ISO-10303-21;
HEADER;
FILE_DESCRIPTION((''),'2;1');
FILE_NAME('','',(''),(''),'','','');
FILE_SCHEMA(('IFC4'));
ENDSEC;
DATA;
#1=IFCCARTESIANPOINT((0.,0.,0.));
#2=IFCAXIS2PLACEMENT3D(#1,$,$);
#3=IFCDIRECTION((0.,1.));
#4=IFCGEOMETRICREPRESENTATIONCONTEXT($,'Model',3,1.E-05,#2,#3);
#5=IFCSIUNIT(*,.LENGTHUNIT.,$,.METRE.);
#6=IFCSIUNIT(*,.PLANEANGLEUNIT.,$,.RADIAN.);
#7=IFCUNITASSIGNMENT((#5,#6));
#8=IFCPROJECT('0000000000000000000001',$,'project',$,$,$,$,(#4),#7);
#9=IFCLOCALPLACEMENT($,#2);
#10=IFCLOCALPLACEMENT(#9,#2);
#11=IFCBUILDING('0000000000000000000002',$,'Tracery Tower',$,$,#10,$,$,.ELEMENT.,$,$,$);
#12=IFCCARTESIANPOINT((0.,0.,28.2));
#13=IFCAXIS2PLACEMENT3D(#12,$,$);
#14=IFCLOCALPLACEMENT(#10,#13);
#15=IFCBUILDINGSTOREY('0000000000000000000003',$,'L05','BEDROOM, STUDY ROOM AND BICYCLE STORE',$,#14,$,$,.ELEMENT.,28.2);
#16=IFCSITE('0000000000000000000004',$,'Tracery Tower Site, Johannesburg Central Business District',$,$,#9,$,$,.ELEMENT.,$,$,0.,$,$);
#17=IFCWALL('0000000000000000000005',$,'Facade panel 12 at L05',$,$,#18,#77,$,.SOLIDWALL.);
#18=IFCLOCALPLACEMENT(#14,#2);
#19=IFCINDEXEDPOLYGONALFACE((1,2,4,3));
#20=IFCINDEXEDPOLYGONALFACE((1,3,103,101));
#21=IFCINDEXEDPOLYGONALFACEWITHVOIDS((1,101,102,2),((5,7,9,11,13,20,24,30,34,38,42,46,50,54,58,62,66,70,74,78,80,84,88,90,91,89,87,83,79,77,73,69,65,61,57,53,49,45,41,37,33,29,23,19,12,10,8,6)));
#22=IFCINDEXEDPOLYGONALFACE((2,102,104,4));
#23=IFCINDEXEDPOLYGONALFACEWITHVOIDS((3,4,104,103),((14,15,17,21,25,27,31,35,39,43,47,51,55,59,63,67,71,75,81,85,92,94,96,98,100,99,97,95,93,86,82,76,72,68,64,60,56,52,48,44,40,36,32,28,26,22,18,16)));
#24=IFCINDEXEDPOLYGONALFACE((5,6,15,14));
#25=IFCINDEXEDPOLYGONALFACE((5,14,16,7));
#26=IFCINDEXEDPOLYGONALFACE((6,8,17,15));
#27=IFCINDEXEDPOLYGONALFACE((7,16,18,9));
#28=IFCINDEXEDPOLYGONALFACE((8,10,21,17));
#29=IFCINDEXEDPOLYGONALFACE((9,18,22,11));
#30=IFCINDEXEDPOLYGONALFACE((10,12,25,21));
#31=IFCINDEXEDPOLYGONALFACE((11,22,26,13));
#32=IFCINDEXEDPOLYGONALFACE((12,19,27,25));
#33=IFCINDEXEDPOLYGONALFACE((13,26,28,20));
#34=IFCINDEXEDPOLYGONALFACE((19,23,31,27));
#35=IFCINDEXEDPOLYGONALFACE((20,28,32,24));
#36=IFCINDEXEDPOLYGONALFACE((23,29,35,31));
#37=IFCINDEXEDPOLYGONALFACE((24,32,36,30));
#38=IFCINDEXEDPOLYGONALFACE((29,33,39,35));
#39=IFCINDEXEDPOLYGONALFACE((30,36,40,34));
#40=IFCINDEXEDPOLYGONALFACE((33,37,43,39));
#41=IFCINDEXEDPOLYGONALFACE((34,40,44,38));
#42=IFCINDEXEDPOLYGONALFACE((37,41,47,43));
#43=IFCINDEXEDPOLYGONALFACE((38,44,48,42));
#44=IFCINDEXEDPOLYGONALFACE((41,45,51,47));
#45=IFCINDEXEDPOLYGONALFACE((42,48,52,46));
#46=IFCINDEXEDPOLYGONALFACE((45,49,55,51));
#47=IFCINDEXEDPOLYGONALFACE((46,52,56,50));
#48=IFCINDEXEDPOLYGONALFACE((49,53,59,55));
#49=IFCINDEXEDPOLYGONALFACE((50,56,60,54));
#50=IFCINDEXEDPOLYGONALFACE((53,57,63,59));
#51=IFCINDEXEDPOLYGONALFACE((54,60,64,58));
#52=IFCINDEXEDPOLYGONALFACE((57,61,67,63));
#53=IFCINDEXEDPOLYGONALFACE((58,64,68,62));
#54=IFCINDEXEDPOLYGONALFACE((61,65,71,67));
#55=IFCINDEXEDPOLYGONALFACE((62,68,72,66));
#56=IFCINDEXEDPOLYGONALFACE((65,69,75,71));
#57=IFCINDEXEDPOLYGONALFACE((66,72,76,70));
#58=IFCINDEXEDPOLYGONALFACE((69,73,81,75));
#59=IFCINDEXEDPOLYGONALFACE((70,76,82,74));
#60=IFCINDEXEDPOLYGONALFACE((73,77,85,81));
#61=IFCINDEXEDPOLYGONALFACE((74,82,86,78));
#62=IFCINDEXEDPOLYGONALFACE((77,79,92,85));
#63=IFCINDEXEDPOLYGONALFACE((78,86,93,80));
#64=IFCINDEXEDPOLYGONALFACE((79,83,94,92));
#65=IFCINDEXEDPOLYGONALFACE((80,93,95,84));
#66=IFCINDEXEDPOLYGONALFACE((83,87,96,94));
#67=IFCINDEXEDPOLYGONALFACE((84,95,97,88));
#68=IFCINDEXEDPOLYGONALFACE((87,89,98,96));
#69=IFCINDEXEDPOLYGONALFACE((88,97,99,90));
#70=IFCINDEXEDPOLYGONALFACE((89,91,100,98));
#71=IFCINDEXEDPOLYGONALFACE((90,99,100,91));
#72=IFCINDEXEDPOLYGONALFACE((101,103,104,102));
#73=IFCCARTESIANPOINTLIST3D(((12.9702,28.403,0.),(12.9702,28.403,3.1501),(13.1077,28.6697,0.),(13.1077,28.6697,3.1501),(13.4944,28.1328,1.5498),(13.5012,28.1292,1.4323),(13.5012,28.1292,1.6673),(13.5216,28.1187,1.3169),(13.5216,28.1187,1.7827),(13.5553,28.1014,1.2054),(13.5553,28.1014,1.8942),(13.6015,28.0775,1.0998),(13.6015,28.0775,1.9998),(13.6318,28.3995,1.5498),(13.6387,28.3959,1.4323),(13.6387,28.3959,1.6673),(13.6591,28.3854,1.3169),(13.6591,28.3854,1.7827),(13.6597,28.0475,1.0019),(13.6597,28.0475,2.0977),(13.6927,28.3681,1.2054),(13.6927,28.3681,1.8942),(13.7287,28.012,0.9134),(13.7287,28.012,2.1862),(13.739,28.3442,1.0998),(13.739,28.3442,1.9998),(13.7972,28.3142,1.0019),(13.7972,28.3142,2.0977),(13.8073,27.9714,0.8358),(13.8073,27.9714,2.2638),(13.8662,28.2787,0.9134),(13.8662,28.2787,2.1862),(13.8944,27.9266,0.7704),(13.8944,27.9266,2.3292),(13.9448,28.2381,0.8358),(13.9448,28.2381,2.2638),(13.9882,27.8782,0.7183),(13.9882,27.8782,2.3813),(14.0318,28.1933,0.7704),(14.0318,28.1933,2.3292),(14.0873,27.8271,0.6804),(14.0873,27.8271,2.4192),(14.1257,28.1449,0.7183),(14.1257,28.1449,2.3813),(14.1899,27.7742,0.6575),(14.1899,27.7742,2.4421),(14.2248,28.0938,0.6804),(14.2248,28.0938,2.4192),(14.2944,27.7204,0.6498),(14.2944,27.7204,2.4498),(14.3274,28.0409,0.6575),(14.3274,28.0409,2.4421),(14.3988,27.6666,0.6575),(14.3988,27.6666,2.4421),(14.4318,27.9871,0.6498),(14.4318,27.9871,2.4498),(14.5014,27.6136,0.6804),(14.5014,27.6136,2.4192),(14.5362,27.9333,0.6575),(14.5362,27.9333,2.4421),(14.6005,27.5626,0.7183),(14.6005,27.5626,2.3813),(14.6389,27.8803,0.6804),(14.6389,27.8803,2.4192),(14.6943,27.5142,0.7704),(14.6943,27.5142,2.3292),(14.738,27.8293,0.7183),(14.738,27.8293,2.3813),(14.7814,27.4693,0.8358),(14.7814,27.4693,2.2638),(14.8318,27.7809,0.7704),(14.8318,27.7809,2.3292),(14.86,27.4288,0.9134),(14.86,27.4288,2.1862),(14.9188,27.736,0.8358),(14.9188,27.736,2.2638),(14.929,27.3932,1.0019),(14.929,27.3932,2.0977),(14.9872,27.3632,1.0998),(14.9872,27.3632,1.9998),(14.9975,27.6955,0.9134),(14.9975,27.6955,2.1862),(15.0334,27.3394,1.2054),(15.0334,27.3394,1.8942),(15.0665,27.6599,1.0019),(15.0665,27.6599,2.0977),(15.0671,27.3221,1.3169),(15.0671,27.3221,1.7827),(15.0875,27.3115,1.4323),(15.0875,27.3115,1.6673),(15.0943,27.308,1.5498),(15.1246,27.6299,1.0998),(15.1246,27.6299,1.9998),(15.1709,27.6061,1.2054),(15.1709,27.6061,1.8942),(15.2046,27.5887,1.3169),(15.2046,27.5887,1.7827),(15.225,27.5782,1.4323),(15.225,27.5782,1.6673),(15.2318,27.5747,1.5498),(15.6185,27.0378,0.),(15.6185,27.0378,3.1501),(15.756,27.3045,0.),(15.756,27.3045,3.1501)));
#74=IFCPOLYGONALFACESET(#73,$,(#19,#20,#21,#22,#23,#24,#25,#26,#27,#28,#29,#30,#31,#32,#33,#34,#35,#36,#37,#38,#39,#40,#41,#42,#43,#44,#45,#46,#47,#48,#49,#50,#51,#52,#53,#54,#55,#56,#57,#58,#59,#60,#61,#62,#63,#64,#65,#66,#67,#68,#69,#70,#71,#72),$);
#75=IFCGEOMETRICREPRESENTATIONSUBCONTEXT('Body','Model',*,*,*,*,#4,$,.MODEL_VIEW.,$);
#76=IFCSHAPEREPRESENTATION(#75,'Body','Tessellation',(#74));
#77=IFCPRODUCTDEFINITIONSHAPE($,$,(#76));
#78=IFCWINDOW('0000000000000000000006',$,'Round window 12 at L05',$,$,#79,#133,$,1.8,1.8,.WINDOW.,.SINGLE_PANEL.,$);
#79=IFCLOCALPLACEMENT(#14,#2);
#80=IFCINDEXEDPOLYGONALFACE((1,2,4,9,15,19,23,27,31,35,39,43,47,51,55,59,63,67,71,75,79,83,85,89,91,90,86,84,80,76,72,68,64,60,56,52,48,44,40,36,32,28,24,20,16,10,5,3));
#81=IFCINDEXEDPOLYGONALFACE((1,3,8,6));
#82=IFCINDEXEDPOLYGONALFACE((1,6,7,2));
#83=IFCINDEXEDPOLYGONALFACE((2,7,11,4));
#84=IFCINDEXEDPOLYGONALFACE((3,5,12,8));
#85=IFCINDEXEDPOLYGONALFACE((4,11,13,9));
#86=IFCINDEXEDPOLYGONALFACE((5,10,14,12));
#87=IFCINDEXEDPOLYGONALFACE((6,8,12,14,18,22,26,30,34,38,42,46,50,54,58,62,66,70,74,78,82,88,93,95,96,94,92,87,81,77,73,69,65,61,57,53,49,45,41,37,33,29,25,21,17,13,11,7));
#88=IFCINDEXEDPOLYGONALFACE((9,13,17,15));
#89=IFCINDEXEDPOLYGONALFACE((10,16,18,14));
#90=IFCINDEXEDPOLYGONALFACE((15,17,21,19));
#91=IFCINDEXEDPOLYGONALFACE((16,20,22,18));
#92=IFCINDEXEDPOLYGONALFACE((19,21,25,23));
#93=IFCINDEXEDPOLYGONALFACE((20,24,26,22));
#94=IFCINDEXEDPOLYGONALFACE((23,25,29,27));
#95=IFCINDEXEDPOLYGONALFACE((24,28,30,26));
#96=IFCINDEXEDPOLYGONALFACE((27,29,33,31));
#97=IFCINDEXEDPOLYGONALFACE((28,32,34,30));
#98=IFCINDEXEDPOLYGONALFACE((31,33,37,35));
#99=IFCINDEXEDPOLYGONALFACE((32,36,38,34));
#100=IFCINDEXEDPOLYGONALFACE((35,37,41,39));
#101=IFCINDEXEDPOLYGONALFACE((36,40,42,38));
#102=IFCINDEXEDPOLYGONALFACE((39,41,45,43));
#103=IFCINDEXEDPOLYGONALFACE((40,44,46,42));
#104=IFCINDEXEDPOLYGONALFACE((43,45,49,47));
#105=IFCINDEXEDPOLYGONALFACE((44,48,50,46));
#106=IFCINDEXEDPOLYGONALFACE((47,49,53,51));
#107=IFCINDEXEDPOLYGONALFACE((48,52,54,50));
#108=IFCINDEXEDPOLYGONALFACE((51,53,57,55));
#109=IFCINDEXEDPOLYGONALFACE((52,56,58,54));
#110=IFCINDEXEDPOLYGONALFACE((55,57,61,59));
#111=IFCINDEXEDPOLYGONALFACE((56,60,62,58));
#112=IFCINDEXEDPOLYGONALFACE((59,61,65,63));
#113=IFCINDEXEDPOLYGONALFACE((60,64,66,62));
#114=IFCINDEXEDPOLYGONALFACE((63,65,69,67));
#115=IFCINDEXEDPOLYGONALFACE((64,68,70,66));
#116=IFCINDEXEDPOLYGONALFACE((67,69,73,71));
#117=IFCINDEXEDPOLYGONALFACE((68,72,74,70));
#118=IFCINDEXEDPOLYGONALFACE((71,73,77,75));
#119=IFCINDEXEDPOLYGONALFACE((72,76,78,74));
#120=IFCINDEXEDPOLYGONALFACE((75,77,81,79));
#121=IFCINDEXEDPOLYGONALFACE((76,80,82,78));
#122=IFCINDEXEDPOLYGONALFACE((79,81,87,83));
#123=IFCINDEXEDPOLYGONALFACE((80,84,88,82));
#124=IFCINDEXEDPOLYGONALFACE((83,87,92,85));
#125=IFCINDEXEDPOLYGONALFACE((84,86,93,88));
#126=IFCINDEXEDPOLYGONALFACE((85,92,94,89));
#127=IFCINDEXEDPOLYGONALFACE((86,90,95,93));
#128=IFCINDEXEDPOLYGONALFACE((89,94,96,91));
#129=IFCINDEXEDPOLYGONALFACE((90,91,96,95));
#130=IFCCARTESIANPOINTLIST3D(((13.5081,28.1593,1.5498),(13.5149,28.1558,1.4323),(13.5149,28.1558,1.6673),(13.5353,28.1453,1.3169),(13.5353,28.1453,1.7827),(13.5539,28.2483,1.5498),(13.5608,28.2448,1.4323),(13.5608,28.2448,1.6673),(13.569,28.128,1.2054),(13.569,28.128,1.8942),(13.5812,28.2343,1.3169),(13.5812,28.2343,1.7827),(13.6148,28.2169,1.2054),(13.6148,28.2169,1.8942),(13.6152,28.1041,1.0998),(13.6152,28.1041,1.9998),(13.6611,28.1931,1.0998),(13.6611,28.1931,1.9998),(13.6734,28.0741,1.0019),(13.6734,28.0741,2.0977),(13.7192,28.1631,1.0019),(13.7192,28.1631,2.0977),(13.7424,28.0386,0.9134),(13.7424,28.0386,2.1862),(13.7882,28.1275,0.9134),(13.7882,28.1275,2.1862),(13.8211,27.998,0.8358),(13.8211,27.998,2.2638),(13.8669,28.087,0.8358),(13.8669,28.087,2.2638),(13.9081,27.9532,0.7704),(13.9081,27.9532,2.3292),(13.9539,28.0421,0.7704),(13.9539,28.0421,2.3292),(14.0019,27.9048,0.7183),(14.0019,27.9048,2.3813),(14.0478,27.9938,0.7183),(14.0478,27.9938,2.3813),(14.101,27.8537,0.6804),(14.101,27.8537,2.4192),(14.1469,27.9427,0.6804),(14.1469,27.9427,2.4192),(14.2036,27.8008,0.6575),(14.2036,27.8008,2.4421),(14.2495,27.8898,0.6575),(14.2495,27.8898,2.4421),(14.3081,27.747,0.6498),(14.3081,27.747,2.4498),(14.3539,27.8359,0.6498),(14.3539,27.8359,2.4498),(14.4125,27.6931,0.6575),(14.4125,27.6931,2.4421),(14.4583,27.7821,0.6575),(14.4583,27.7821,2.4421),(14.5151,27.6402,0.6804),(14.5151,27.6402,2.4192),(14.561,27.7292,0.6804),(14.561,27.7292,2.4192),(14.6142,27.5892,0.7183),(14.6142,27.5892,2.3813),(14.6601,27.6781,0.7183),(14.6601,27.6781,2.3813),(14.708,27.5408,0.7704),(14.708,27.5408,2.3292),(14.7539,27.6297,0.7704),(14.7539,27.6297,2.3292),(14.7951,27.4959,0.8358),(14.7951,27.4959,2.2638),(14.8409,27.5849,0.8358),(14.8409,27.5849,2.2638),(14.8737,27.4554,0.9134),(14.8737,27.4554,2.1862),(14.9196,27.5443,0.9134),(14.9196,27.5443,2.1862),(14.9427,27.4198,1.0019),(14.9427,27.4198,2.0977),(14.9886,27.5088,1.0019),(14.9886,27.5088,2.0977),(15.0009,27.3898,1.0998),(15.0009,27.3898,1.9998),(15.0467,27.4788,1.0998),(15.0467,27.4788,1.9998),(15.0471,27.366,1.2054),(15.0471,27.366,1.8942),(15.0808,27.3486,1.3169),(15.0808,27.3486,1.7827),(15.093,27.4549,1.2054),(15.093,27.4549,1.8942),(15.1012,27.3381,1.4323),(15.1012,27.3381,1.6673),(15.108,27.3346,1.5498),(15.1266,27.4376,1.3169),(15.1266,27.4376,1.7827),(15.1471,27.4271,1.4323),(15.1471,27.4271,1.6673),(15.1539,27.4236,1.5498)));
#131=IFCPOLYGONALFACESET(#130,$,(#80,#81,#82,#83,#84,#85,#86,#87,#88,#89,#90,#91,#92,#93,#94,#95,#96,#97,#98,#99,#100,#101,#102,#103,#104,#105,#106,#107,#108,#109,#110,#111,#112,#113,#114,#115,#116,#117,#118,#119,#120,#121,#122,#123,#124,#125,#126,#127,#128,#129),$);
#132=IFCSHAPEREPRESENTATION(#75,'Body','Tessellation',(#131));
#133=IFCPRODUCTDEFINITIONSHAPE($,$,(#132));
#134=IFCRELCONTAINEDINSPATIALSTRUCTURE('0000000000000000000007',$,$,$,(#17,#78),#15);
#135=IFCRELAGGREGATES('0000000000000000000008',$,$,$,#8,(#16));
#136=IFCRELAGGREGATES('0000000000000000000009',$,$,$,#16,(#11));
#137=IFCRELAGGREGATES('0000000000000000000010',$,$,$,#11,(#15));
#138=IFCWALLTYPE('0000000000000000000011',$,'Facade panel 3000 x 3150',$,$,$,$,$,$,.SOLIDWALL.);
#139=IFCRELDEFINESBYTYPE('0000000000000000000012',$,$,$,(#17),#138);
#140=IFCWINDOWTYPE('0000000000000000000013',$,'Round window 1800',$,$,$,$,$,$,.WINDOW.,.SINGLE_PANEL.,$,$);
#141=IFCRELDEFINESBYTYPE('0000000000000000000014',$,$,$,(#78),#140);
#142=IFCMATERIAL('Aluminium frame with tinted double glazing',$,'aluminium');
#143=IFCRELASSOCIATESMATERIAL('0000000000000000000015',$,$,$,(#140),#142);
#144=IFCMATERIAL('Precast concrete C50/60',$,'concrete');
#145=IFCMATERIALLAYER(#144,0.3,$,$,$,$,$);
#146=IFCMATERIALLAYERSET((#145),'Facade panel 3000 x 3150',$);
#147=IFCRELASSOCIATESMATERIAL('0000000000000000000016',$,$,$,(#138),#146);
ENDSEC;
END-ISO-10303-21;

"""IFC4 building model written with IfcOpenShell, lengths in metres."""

from ifc_helpers import new_model, si_unit, direction, frame, frame_2d, origin, origin_2d, place, context, subcontext, project, spatial, rectangle, circle, extrude, material, layer, layer_set, type_object, element, fill, save


model = new_model("IFC4")

# Units and contexts
model_context = context("Model", 3, precision=1e-05, world=origin(), true_north=direction((0.0, 1.0)))
body_context = subcontext(model_context, "Body", "Model", "MODEL_VIEW")
ifc_project = project(units=[si_unit("LENGTHUNIT", "METRE"), si_unit("PLANEANGLEUNIT", "RADIAN")], contexts=[model_context])

# Site, building, storey
site_placement = place(None, origin())
site = spatial("IfcSite", under=ifc_project, at=site_placement, Name="Tracery Tower Site, Johannesburg Central Business District", CompositionType="ELEMENT", RefElevation=0.0)
building_placement = place(site_placement, origin())
building = spatial("IfcBuilding", under=site, at=building_placement, Name="Tracery Tower", CompositionType="ELEMENT")
storey_placement = place(building_placement, frame((0.0, 0.0, 28.2)))
storey = spatial("IfcBuildingStorey", under=building, at=storey_placement, Name="L05", Description="BEDROOM, STUDY ROOM AND BICYCLE STORE", CompositionType="ELEMENT", Elevation=28.2)

# Wall, opening, window
ifc_material_1 = material(Name="Aluminium frame with tinted double glazing", Category="aluminium")
window_type = type_object("IfcWindowType", Name="Round window 1800", PartitioningType="SINGLE_PANEL", PredefinedType="WINDOW", material=ifc_material_1)
ifc_material_2 = material(Name="Precast concrete C50/60", Category="concrete")
ifc_layer_1 = layer(ifc_material_2, 0.3)
ifc_layer_set_1 = layer_set([ifc_layer_1], Name="Facade panel 3000 x 3150")
wall_type_1 = type_object("IfcWallType", Name="Facade panel 3000 x 3150", PredefinedType="SOLIDWALL", material=ifc_layer_set_1)
wall_1_placement = place(storey_placement, frame((15.6873, 27.1711, 0.0), z_axis=(0.0, 0.0, 1.0), x_axis=(-0.888853, 0.458192, 0.0)))
wall_1 = element("IfcWall", 1, at=wall_1_placement, inside=storey, type_object=wall_type_1, Name="Facade panel 12 at L05", PredefinedType="SOLIDWALL", context=body_context, shape_type="SweptSolid", body=[
    extrude(rectangle(XDim=2.9795, YDim=0.3, at=frame_2d((1.4897, 0.0))), origin(), (0.0, 0.0, 1.0), 3.1501),
])
opening_1_placement = place(wall_1_placement, frame((1.4897, 0.0, 1.5498)))
opening_1 = element("IfcOpeningElement", 2, at=opening_1_placement, cuts=wall_1, PredefinedType="OPENING", context=body_context, shape_type="SweptSolid", body=[
    extrude(circle(Radius=0.9, at=origin_2d()), frame((0.0, 0.1599, 0.0), z_axis=(0.0, -1.0, 0.0), x_axis=(1.0, 0.0, 0.0)), (0.0, 0.0, 1.0), 0.3201),
])
window_1_placement = place(opening_1_placement, origin())
window_1 = element("IfcWindow", 3, at=window_1_placement, inside=storey, type_object=window_type, Name="Round window 12 at L05", OverallHeight=1.8, OverallWidth=1.8, PartitioningType="SINGLE_PANEL", PredefinedType="WINDOW", context=body_context, shape_type="SweptSolid", body=[
    extrude(circle(Radius=0.9, at=origin_2d()), frame((0.0, 0.1201, 0.0), z_axis=(0.0, -1.0, 0.0), x_axis=(1.0, 0.0, 0.0)), (0.0, 0.0, 1.0), 0.1001),
])
fill(opening_1, window_1)

save(model, "model.ifc")
